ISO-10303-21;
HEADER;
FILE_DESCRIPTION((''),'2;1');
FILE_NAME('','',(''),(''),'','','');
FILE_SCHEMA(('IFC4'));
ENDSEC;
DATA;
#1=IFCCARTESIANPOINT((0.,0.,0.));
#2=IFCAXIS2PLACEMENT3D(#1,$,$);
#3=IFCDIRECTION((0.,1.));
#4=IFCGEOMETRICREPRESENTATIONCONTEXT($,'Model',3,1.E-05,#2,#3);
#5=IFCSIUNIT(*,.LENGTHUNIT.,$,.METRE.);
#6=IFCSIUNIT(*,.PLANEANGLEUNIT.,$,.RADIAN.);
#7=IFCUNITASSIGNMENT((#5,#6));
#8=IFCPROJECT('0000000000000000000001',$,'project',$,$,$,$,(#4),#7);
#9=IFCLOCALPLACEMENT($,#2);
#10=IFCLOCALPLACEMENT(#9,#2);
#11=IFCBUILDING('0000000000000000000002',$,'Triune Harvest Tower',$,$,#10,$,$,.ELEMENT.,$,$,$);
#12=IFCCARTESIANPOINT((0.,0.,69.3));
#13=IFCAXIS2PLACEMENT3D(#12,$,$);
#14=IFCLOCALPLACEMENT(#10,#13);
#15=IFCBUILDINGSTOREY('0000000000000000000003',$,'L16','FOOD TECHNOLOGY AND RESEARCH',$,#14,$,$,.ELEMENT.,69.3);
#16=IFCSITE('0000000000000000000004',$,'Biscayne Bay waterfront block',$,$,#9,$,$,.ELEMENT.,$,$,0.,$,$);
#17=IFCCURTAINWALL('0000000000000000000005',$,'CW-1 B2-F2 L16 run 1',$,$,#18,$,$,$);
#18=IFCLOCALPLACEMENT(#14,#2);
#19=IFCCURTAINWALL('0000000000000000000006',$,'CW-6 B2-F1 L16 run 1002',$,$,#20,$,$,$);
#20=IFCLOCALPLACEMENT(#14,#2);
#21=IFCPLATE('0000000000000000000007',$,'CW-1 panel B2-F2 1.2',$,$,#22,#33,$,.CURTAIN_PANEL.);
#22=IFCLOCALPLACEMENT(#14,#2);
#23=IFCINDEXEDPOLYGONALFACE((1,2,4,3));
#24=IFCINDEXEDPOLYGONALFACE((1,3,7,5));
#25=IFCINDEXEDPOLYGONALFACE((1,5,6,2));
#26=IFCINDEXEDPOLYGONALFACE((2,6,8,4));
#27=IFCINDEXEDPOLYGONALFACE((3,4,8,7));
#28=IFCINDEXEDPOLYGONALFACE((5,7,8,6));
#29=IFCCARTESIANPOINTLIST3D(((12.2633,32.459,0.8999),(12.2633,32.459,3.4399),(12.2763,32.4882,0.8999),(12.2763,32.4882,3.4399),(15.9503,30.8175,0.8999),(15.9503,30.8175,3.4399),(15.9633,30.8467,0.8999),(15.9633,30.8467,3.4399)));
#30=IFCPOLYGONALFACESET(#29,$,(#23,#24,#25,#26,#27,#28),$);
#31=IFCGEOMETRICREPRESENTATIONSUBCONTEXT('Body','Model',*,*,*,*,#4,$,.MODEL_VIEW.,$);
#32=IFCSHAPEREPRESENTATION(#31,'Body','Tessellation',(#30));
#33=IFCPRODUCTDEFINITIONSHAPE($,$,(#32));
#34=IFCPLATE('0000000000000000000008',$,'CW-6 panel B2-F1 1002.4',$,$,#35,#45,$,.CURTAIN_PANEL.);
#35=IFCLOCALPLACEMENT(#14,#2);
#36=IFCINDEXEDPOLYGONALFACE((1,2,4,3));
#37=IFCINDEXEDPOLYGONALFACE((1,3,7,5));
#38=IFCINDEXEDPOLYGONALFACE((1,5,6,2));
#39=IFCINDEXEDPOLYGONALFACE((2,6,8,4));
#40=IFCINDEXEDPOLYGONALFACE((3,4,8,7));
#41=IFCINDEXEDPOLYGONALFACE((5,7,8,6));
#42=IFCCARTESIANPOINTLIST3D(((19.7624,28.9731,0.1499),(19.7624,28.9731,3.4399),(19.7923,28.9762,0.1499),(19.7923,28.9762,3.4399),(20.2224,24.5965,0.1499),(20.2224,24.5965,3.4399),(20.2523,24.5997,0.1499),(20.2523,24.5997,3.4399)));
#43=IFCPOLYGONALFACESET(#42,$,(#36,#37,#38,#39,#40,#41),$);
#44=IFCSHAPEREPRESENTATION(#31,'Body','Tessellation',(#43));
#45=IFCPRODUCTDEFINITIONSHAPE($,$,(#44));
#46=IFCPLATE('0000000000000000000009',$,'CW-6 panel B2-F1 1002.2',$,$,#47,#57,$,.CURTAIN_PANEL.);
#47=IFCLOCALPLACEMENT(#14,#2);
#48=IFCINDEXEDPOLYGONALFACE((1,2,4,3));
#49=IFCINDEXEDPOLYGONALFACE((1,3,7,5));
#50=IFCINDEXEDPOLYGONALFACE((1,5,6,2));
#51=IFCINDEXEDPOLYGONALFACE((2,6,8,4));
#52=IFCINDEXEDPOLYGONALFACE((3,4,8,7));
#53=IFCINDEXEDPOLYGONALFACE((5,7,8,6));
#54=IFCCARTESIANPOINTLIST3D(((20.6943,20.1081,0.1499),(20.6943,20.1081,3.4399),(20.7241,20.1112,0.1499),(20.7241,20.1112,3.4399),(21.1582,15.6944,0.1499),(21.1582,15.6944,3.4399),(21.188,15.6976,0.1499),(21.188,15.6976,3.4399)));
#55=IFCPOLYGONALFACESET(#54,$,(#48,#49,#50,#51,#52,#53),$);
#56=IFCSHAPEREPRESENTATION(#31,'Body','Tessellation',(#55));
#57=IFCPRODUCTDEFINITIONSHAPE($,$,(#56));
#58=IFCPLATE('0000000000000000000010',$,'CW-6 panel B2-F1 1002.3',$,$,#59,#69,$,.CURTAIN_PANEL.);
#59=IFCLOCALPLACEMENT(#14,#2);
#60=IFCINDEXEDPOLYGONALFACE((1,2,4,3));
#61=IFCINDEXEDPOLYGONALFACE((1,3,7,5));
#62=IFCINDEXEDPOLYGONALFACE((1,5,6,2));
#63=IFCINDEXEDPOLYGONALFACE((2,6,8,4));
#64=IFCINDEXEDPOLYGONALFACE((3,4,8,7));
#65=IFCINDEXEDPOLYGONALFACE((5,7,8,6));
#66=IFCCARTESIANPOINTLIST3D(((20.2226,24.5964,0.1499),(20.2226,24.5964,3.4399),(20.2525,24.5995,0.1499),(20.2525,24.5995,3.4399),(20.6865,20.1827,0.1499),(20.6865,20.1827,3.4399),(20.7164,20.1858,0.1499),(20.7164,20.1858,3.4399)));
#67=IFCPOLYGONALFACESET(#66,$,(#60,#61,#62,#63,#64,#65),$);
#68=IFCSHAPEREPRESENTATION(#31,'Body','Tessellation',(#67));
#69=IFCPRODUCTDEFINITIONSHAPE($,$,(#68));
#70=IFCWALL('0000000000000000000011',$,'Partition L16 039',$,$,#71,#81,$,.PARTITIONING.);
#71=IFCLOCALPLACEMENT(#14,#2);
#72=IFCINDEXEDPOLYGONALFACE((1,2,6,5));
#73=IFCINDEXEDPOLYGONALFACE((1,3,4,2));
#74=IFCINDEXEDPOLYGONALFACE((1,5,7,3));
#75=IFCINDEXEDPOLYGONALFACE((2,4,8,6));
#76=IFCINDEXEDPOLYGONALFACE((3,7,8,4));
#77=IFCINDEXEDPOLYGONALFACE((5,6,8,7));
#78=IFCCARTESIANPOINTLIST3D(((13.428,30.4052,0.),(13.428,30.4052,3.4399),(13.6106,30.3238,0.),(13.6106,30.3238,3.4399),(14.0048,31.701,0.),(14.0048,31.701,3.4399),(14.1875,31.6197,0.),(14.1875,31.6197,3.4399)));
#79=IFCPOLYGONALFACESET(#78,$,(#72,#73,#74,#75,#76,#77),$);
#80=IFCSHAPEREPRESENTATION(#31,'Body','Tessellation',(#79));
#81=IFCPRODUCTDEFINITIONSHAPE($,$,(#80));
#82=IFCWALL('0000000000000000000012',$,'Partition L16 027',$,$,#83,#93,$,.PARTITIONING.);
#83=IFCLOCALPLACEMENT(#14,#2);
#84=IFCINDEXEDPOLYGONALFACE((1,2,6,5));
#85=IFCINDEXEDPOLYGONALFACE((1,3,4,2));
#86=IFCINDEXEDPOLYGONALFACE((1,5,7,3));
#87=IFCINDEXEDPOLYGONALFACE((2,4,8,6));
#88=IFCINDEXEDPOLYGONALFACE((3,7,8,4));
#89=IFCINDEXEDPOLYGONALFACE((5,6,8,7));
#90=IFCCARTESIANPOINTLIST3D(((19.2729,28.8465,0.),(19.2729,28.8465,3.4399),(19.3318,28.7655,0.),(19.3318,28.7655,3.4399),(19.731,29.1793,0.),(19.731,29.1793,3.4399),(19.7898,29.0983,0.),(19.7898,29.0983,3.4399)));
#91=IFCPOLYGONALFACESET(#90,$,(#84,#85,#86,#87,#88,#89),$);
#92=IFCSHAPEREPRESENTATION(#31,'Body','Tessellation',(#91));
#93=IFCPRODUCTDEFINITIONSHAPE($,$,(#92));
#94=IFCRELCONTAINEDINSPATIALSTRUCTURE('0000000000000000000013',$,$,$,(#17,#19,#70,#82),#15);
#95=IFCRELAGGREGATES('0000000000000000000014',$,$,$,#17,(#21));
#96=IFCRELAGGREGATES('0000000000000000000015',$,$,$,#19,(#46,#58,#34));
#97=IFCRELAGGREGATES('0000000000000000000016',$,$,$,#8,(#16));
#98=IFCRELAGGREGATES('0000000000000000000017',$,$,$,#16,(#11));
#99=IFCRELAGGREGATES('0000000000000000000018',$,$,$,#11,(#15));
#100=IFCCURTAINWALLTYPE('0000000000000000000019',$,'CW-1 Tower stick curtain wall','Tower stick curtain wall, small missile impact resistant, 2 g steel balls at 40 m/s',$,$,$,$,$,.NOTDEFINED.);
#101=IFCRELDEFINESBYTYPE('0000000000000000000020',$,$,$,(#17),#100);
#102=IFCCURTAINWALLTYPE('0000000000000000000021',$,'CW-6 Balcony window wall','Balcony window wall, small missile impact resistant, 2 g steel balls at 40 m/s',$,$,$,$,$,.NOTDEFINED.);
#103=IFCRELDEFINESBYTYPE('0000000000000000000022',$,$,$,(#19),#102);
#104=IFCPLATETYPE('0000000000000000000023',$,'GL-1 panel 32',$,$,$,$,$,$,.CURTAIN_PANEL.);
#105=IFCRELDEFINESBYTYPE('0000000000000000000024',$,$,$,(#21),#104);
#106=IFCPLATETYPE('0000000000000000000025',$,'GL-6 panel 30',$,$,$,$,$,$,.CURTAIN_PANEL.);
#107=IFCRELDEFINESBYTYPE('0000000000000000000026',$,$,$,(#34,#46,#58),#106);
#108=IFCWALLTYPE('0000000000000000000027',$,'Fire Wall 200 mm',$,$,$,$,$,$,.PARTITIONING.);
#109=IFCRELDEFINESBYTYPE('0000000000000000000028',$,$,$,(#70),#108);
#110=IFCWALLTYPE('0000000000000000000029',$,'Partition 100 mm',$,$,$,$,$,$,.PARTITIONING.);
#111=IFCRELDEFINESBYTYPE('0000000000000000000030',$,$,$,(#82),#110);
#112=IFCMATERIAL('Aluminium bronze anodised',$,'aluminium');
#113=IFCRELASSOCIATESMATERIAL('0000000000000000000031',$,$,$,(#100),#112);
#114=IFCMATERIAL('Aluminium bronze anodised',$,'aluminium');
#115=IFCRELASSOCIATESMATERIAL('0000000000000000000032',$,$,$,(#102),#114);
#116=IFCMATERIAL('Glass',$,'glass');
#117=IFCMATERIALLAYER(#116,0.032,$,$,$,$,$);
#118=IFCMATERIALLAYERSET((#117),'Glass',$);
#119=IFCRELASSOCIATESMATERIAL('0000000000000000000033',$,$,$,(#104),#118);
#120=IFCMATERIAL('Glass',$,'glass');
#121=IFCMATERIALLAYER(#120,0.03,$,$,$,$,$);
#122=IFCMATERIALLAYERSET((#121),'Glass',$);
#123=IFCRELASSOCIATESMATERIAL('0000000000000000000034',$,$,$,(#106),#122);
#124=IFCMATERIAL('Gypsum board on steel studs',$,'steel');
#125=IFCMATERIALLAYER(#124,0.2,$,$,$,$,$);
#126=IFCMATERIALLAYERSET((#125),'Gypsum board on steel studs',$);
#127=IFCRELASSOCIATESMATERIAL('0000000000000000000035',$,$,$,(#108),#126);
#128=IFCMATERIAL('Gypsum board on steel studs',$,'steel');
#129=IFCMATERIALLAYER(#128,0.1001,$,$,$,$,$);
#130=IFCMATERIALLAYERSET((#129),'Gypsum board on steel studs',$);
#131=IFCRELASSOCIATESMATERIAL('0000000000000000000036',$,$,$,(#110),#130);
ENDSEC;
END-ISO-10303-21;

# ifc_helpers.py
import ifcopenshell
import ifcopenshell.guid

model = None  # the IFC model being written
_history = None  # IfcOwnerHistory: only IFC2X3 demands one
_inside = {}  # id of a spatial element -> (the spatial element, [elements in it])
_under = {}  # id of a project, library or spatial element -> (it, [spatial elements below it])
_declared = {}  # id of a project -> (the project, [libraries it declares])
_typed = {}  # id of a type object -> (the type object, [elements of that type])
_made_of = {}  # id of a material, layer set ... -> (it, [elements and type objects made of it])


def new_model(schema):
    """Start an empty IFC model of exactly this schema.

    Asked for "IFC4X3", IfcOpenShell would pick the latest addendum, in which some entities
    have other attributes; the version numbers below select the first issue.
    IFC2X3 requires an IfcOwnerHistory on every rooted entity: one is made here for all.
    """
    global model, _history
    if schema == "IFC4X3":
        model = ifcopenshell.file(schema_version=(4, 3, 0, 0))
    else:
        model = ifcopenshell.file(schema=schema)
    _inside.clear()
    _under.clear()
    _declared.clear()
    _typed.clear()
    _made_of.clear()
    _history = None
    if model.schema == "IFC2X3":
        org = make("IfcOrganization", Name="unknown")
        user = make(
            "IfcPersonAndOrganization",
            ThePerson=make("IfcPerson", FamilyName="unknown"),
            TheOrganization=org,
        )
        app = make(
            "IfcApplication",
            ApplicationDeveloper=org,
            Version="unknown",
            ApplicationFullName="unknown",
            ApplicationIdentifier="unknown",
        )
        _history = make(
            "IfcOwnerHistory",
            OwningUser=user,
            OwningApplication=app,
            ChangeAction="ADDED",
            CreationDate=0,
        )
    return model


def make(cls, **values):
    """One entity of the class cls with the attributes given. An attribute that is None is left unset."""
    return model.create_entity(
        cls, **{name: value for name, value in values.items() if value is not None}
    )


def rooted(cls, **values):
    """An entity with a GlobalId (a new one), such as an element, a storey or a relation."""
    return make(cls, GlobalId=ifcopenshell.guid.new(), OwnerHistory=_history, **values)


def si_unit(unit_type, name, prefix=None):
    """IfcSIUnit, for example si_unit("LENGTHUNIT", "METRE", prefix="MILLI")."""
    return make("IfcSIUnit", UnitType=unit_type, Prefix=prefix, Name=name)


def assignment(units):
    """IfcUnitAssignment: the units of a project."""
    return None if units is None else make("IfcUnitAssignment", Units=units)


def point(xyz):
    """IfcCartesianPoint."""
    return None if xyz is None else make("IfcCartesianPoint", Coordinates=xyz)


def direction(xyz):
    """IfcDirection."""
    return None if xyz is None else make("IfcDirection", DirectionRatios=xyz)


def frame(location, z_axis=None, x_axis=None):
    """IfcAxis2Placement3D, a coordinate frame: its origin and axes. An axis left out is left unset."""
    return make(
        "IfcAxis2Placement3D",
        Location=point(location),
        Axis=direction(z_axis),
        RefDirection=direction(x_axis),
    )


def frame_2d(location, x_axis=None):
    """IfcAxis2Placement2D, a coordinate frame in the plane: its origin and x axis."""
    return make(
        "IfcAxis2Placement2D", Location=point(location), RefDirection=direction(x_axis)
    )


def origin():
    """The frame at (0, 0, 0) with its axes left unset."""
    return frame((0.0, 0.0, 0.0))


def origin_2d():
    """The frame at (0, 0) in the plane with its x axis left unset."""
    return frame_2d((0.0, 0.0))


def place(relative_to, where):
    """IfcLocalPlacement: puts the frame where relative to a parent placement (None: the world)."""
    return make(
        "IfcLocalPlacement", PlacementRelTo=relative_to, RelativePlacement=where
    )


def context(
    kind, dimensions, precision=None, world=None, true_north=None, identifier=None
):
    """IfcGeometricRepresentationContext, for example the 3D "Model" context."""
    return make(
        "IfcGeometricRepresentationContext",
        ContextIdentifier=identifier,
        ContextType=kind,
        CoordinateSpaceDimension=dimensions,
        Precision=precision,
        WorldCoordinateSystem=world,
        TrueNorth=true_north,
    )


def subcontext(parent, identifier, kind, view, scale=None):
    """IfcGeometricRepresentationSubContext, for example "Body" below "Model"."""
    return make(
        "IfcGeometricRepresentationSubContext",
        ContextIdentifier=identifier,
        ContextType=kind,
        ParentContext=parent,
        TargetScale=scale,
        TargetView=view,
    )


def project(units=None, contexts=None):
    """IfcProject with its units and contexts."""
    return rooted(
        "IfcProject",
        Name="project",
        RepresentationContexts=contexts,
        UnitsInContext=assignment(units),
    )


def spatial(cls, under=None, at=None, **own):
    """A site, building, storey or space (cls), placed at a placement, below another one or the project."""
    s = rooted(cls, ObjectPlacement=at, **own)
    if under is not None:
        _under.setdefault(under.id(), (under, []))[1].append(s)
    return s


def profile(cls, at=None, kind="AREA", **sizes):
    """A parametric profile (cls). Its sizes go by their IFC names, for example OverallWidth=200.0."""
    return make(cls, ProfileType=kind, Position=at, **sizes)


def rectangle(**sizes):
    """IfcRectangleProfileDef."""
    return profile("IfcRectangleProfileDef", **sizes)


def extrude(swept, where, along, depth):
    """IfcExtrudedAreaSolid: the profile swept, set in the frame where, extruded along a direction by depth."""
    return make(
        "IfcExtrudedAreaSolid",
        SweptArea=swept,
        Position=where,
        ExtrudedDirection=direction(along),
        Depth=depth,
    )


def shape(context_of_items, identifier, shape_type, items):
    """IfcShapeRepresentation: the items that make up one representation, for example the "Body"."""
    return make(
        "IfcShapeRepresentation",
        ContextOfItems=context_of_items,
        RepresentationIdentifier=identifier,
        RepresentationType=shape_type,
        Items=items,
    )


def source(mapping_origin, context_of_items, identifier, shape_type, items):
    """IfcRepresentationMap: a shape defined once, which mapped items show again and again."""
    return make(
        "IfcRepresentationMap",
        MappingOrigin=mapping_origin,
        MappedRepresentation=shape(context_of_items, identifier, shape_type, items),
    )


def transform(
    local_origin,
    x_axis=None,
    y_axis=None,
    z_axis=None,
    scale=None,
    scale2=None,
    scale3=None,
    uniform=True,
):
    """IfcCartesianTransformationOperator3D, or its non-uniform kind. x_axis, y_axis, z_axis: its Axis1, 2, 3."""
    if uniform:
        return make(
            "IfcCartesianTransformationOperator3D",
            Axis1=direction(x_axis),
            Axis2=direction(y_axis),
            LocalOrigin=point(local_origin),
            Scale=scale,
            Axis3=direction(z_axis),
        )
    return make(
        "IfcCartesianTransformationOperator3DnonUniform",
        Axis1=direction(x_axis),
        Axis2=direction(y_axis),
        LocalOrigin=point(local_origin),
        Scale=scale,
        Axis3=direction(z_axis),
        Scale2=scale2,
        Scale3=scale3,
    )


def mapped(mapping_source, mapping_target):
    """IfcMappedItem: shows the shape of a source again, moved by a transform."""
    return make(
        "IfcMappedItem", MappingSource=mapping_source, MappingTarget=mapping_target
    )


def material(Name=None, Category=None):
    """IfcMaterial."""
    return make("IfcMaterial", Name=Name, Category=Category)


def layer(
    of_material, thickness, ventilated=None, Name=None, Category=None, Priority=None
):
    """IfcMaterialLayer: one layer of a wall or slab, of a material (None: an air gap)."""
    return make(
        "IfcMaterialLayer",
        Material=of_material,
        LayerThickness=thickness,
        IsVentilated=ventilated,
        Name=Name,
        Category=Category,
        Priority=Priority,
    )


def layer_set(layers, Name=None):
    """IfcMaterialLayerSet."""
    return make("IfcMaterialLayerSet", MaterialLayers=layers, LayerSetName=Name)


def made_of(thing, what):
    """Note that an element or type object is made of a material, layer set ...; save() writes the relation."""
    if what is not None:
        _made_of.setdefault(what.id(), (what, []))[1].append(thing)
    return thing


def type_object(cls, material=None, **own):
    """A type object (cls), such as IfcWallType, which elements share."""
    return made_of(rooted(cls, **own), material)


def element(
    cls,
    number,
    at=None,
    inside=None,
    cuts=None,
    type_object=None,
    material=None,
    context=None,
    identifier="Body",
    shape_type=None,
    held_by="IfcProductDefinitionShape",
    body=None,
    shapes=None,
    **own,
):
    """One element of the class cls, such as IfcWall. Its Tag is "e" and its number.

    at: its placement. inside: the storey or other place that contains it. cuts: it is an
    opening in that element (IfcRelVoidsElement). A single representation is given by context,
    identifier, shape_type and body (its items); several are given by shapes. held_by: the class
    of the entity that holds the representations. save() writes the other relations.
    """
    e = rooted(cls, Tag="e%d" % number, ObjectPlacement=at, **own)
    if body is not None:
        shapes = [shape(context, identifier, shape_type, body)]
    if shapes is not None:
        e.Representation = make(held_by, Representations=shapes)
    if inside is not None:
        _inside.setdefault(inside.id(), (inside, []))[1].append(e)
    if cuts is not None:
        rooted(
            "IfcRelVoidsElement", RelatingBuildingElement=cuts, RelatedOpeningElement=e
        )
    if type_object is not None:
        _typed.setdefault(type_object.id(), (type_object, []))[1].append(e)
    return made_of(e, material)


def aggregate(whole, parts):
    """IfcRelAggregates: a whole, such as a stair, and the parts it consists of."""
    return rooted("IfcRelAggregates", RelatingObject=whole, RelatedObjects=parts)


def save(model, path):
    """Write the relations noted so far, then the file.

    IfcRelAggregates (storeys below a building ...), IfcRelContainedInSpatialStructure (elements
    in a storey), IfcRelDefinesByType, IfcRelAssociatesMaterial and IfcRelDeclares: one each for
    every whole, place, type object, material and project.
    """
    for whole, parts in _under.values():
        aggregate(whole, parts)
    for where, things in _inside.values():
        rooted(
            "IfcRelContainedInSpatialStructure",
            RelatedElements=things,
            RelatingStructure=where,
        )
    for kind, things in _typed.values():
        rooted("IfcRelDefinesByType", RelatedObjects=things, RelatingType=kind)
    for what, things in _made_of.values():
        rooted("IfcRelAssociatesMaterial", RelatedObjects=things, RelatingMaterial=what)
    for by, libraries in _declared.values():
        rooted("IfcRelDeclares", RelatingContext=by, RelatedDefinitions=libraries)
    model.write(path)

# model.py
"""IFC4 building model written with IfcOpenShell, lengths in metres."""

from ifc_helpers import new_model, si_unit, direction, frame, frame_2d, origin, origin_2d, place, context, subcontext, project, spatial, rectangle, extrude, source, transform, mapped, material, layer, layer_set, type_object, element, aggregate, save


model = new_model("IFC4")

# Units and contexts
model_context = context("Model", 3, precision=1e-05, world=origin(), true_north=direction((0.0, 1.0)))
body_context = subcontext(model_context, "Body", "Model", "MODEL_VIEW")
ifc_project = project(units=[si_unit("LENGTHUNIT", "METRE"), si_unit("PLANEANGLEUNIT", "RADIAN")], contexts=[model_context])

# Site, building, storey
site_placement = place(None, origin())
site = spatial("IfcSite", under=ifc_project, at=site_placement, Name="Biscayne Bay waterfront block", CompositionType="ELEMENT", RefElevation=0.0)
building_placement = place(site_placement, origin())
building = spatial("IfcBuilding", under=site, at=building_placement, Name="Triune Harvest Tower", CompositionType="ELEMENT")
storey_placement = place(building_placement, frame((0.0, 0.0, 69.3)))
storey = spatial("IfcBuildingStorey", under=building, at=storey_placement, Name="L16", Description="FOOD TECHNOLOGY AND RESEARCH", CompositionType="ELEMENT", Elevation=69.3)

# Curtain walls
ifc_material_1 = material(Name="Aluminium bronze anodised", Category="aluminium")
curtain_wall_type_1 = type_object("IfcCurtainWallType", Name="CW-1 Tower stick curtain wall", Description="Tower stick curtain wall, small missile impact resistant, 2 g steel balls at 40 m/s", PredefinedType="NOTDEFINED", material=ifc_material_1)
curtain_wall_1_placement = place(storey_placement, origin())
curtain_wall_1 = element("IfcCurtainWall", 1, at=curtain_wall_1_placement, inside=storey, type_object=curtain_wall_type_1, Name="CW-1 B2-F2 L16 run 1")
ifc_material_2 = material(Name="Aluminium bronze anodised", Category="aluminium")
curtain_wall_type_2 = type_object("IfcCurtainWallType", Name="CW-6 Balcony window wall", Description="Balcony window wall, small missile impact resistant, 2 g steel balls at 40 m/s", PredefinedType="NOTDEFINED", material=ifc_material_2)
curtain_wall_2_placement = place(storey_placement, origin())
curtain_wall_2 = element("IfcCurtainWall", 2, at=curtain_wall_2_placement, inside=storey, type_object=curtain_wall_type_2, Name="CW-6 B2-F1 L16 run 1002")

# Plates
ifc_material_3 = material(Name="Glass", Category="glass")
ifc_layer_1 = layer(ifc_material_3, 0.032)
ifc_layer_set_1 = layer_set([ifc_layer_1], Name="Glass")
plate_type_1 = type_object("IfcPlateType", Name="GL-1 panel 32", PredefinedType="CURTAIN_PANEL", material=ifc_layer_set_1)
shared_shape_1 = source(origin(), body_context, "Body", "SweptSolid", [
    extrude(rectangle(XDim=4.0359, YDim=0.032, at=origin_2d()), origin(), (0.0, 0.0, 1.0), 2.54),
])
plate_1_placement = place(storey_placement, frame((14.1133, 31.6528, 0.8999), z_axis=(0.0, 0.0, 1.0), x_axis=(-0.913547, 0.406734, 0.0)))
plate_1 = element("IfcPlate", 3, at=plate_1_placement, type_object=plate_type_1, Name="CW-1 panel B2-F2 1.2", PredefinedType="CURTAIN_PANEL", context=body_context, shape_type="MappedRepresentation", body=[
    mapped(shared_shape_1, transform((0.0, 0.0, 0.0), scale=1.0)),
])
aggregate(curtain_wall_1, [plate_1])
ifc_material_4 = material(Name="Glass", Category="glass")
ifc_layer_2 = layer(ifc_material_4, 0.03)
ifc_layer_set_2 = layer_set([ifc_layer_2], Name="Glass")
plate_type_2 = type_object("IfcPlateType", Name="GL-6 panel 30", PredefinedType="CURTAIN_PANEL", material=ifc_layer_set_2)
shared_shape_2 = source(origin(), body_context, "Body", "SweptSolid", [
    extrude(rectangle(XDim=4.4006, YDim=0.03, at=origin_2d()), origin(), (0.0, 0.0, 1.0), 3.29),
])
plate_2_placement = place(storey_placement, frame((20.0073, 26.7864, 0.1499), z_axis=(0.0, 0.0, 1.0), x_axis=(-0.104528, 0.994522, 0.0)))
plate_2 = element("IfcPlate", 4, at=plate_2_placement, type_object=plate_type_2, Name="CW-6 panel B2-F1 1002.4", PredefinedType="CURTAIN_PANEL", context=body_context, shape_type="MappedRepresentation", body=[
    mapped(shared_shape_2, transform((0.0, 0.0, 0.0), scale=1.0)),
])
shared_shape_3 = source(origin(), body_context, "Body", "SweptSolid", [
    extrude(rectangle(XDim=4.438, YDim=0.03, at=origin_2d()), origin(), (0.0, 0.0, 1.0), 3.29),
])
plate_3_placement = place(storey_placement, frame((20.9412, 17.9028, 0.1499), z_axis=(0.0, 0.0, 1.0), x_axis=(-0.104528, 0.994522, 0.0)))
plate_3 = element("IfcPlate", 5, at=plate_3_placement, type_object=plate_type_2, Name="CW-6 panel B2-F1 1002.2", PredefinedType="CURTAIN_PANEL", context=body_context, shape_type="MappedRepresentation", body=[
    mapped(shared_shape_3, transform((0.0, 0.0, 0.0), scale=1.0)),
])
plate_4_placement = place(storey_placement, frame((20.4695, 22.3911, 0.1499), z_axis=(0.0, 0.0, 1.0), x_axis=(-0.104528, 0.994522, 0.0)))
plate_4 = element("IfcPlate", 6, at=plate_4_placement, type_object=plate_type_2, Name="CW-6 panel B2-F1 1002.3", PredefinedType="CURTAIN_PANEL", context=body_context, shape_type="MappedRepresentation", body=[
    mapped(shared_shape_3, transform((0.0, 0.0, 0.0), scale=1.0)),
])
aggregate(curtain_wall_2, [plate_3, plate_4, plate_2])

# Walls
ifc_material_5 = material(Name="Gypsum board on steel studs", Category="steel")
ifc_layer_3 = layer(ifc_material_5, 0.2)
ifc_layer_set_3 = layer_set([ifc_layer_3], Name="Gypsum board on steel studs")
wall_type_1 = type_object("IfcWallType", Name="Fire Wall 200 mm", PredefinedType="PARTITIONING", material=ifc_layer_set_3)
shared_shape_4 = source(origin(), body_context, "Body", "SweptSolid", [
    extrude(rectangle(XDim=1.4185, YDim=0.2, at=frame_2d((0.7092, 0.0))), origin(), (0.0, 0.0, 1.0), 3.4399),
])
wall_1_placement = place(storey_placement, frame((13.5193, 30.3645, 0.0), z_axis=(0.0, 0.0, 1.0), x_axis=(0.406697, 0.913563, 0.0)))
element("IfcWall", 7, at=wall_1_placement, inside=storey, type_object=wall_type_1, Name="Partition L16 039", PredefinedType="PARTITIONING", context=body_context, shape_type="MappedRepresentation", body=[
    mapped(shared_shape_4, transform((0.0, 0.0, 0.0), scale=1.0)),
])
ifc_material_6 = material(Name="Gypsum board on steel studs", Category="steel")
ifc_layer_4 = layer(ifc_material_6, 0.1001)
ifc_layer_set_4 = layer_set([ifc_layer_4], Name="Gypsum board on steel studs")
wall_type_2 = type_object("IfcWallType", Name="Partition 100 mm", PredefinedType="PARTITIONING", material=ifc_layer_set_4)
shared_shape_5 = source(origin(), body_context, "Body", "SweptSolid", [
    extrude(rectangle(XDim=0.5662, YDim=0.1001, at=frame_2d((0.2832, 0.0))), origin(), (0.0, 0.0, 1.0), 3.4399),
])
wall_2_placement = place(storey_placement, frame((19.3022, 28.8059, 0.0), z_axis=(0.0, 0.0, 1.0), x_axis=(0.809016, 0.587787, 0.0)))
element("IfcWall", 8, at=wall_2_placement, inside=storey, type_object=wall_type_2, Name="Partition L16 027", PredefinedType="PARTITIONING", context=body_context, shape_type="MappedRepresentation", body=[
    mapped(shared_shape_5, transform((0.0, 0.0, 0.0), scale=1.0)),
])

save(model, "model.ifc")
